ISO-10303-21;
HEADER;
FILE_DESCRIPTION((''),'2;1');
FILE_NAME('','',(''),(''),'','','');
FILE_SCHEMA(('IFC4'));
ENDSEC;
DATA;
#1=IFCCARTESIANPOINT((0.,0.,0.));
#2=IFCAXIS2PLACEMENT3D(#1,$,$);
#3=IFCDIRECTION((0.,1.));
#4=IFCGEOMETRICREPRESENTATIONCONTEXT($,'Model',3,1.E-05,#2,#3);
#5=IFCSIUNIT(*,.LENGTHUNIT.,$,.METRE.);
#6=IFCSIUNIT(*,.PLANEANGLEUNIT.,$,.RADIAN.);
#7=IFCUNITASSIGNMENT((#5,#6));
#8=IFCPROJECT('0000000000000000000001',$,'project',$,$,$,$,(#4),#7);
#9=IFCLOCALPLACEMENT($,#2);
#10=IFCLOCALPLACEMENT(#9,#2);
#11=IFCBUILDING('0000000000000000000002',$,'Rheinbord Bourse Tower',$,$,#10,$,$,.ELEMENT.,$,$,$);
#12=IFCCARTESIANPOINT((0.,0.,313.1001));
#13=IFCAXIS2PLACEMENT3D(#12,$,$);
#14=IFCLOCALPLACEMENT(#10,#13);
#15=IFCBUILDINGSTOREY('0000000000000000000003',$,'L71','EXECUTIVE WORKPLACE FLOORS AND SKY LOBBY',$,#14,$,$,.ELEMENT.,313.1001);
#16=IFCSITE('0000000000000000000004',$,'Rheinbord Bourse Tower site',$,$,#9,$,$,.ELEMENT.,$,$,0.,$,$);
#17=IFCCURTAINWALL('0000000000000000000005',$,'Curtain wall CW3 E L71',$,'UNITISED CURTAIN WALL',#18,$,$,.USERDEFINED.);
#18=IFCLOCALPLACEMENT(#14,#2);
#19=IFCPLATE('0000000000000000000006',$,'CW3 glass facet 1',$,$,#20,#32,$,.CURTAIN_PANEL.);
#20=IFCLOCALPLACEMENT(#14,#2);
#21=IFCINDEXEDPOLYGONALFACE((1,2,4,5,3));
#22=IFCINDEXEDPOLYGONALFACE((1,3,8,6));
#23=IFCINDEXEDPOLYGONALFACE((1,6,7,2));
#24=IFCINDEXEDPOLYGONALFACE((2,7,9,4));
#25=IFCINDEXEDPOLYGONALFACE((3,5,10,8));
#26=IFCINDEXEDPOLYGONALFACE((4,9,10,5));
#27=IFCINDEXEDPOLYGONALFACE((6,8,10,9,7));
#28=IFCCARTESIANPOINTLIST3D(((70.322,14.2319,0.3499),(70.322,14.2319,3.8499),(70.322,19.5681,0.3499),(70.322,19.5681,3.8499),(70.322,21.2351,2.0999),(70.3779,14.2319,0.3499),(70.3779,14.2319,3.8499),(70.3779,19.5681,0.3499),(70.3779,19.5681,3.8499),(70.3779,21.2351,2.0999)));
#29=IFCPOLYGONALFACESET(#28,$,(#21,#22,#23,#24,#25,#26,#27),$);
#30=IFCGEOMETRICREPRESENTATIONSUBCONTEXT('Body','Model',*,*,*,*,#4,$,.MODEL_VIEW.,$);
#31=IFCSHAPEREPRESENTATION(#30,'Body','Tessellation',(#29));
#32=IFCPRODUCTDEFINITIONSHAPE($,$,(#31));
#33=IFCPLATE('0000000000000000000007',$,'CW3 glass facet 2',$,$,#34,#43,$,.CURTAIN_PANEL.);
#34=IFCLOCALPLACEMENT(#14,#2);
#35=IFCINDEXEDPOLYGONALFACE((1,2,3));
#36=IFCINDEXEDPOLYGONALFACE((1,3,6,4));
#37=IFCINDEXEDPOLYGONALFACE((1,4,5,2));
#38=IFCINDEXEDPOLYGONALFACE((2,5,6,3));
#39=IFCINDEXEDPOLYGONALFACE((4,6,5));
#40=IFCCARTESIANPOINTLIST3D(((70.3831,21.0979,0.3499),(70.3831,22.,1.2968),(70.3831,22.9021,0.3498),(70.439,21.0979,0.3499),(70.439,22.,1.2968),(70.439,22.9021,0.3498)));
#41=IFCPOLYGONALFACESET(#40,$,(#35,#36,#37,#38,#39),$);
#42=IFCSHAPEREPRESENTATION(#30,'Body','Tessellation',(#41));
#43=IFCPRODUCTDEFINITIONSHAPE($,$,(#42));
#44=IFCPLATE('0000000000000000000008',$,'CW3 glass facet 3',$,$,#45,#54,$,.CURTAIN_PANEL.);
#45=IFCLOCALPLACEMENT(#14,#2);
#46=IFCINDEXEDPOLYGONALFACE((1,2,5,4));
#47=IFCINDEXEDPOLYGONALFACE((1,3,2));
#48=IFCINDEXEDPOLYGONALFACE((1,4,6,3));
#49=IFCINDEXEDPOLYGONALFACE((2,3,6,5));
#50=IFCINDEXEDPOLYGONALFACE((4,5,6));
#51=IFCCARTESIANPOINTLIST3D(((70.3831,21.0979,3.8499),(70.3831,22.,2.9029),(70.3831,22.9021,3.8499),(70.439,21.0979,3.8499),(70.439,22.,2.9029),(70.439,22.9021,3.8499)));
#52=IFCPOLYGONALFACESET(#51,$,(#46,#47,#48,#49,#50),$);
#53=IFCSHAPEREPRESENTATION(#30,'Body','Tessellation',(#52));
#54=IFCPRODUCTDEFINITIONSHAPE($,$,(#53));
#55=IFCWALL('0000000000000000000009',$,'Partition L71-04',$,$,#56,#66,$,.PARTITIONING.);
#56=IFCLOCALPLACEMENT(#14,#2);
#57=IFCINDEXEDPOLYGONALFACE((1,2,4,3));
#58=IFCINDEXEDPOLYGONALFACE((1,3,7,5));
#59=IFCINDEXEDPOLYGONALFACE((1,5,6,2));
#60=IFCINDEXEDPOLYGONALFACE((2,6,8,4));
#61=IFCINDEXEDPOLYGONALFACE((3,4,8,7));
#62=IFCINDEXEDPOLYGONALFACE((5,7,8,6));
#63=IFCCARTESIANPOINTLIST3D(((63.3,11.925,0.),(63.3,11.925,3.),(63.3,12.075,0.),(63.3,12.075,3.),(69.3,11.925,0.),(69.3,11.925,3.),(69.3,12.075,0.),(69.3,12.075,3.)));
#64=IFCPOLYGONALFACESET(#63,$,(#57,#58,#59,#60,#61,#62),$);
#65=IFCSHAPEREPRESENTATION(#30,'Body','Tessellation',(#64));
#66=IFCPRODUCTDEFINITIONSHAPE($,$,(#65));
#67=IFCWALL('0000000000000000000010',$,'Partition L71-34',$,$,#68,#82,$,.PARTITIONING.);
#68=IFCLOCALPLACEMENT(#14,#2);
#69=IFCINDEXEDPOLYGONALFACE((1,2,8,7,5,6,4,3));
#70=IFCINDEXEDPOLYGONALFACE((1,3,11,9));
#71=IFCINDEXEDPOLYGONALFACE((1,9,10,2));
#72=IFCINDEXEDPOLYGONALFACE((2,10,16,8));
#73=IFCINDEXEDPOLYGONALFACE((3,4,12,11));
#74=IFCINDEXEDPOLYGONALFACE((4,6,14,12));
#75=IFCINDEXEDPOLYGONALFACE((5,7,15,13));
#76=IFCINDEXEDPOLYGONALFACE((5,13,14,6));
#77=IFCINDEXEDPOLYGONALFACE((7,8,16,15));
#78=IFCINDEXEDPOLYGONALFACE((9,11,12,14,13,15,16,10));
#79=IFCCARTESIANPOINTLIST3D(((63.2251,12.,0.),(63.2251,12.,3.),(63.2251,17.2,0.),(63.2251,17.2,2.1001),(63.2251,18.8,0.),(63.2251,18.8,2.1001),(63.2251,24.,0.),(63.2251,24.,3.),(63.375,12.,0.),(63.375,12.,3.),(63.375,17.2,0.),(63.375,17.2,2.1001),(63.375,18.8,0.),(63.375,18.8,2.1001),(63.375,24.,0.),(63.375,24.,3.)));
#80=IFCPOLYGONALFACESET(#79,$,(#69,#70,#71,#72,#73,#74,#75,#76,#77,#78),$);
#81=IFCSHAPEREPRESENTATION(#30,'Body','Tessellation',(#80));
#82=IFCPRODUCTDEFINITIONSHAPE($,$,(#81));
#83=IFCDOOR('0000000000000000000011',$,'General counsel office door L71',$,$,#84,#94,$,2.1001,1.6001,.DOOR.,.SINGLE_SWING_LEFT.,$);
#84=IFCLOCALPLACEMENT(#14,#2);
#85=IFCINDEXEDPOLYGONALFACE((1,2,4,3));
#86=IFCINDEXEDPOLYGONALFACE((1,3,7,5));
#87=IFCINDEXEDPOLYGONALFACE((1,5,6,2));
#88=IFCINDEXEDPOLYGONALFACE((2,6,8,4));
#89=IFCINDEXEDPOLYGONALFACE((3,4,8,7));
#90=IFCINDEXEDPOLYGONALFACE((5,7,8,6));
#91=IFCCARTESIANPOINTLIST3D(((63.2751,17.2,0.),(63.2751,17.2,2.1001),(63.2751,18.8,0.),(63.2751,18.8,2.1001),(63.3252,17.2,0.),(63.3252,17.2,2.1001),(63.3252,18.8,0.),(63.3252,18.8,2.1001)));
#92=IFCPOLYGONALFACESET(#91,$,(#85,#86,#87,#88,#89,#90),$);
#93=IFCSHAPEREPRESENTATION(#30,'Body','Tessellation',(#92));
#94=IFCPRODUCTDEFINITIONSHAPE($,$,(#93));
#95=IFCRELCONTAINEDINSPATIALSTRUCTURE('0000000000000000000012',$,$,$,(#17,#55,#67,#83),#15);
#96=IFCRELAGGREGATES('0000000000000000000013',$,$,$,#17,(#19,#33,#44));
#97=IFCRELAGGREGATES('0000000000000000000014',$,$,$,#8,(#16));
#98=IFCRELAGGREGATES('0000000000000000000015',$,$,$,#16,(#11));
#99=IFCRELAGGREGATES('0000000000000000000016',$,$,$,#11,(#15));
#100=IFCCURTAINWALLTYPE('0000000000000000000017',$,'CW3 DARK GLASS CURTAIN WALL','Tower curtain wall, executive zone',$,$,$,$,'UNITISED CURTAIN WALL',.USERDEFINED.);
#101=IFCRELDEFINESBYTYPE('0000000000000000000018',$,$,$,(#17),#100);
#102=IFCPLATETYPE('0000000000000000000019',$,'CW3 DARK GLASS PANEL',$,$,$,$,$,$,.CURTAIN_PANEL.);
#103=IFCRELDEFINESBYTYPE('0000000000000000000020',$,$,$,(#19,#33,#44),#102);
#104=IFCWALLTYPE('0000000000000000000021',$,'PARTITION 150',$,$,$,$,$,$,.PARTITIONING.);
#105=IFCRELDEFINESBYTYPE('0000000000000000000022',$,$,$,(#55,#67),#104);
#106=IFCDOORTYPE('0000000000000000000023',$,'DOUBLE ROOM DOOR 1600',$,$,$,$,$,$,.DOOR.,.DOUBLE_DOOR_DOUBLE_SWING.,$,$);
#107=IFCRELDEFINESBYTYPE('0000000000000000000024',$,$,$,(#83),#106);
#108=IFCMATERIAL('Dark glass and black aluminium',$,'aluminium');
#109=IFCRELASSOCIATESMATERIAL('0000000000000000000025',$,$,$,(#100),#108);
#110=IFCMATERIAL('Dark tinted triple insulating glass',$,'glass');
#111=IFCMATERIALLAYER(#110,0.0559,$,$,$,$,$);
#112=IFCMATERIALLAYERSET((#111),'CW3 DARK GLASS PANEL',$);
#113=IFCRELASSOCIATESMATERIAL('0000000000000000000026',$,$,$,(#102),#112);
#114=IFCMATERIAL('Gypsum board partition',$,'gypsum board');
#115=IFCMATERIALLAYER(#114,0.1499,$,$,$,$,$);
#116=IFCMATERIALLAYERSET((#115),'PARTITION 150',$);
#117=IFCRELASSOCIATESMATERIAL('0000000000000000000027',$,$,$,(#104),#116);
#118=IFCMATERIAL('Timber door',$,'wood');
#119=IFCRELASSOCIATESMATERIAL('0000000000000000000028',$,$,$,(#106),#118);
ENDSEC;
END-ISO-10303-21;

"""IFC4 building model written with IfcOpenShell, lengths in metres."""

from ifc_helpers import new_model, si_unit, direction, frame, frame_2d, origin, place, context, subcontext, project, spatial, polyline, rectangle, outline, extrude, material, layer, layer_set, type_object, element, fill, aggregate, save


model = new_model("IFC4")

# Units and contexts
model_context = context("Model", 3, precision=1e-05, world=origin(), true_north=direction((0.0, 1.0)))
body_context = subcontext(model_context, "Body", "Model", "MODEL_VIEW")
ifc_project = project(units=[si_unit("LENGTHUNIT", "METRE"), si_unit("PLANEANGLEUNIT", "RADIAN")], contexts=[model_context])

# Site, building, storey
site_placement = place(None, origin())
site = spatial("IfcSite", under=ifc_project, at=site_placement, Name="Rheinbord Bourse Tower site", CompositionType="ELEMENT", RefElevation=0.0)
building_placement = place(site_placement, origin())
building = spatial("IfcBuilding", under=site, at=building_placement, Name="Rheinbord Bourse Tower", CompositionType="ELEMENT")
storey_placement = place(building_placement, frame((0.0, 0.0, 313.1001)))
storey = spatial("IfcBuildingStorey", under=building, at=storey_placement, Name="L71", Description="EXECUTIVE WORKPLACE FLOORS AND SKY LOBBY", CompositionType="ELEMENT", Elevation=313.1001)

# Curtain wall
ifc_material_1 = material(Name="Dark glass and black aluminium", Category="aluminium")
curtain_wall_type = type_object("IfcCurtainWallType", Name="CW3 DARK GLASS CURTAIN WALL", Description="Tower curtain wall, executive zone", ElementType="UNITISED CURTAIN WALL", PredefinedType="USERDEFINED", material=ifc_material_1)
curtain_wall_placement = place(storey_placement, origin())
curtain_wall = element("IfcCurtainWall", 1, at=curtain_wall_placement, inside=storey, type_object=curtain_wall_type, Name="Curtain wall CW3 E L71", ObjectType="UNITISED CURTAIN WALL", PredefinedType="USERDEFINED")

# Plates
ifc_material_2 = material(Name="Dark tinted triple insulating glass", Category="glass")
ifc_layer_1 = layer(ifc_material_2, 0.0559)
ifc_layer_set_1 = layer_set([ifc_layer_1], Name="CW3 DARK GLASS PANEL")
plate_type = type_object("IfcPlateType", Name="CW3 DARK GLASS PANEL", PredefinedType="CURTAIN_PANEL", material=ifc_layer_set_1)
plate_1_placement = place(storey_placement, frame((70.3779, 14.2319, 0.3499), z_axis=(-1.0, 0.0, 0.0), x_axis=(0.0, 0.0, 1.0)))
plate_1 = element("IfcPlate", 2, at=plate_1_placement, type_object=plate_type, Name="CW3 glass facet 1", PredefinedType="CURTAIN_PANEL", context=body_context, shape_type="SweptSolid", body=[
    extrude(outline(polyline([(0.0, 0.0), (3.5, 0.0), (3.5, 5.3362), (1.75, 7.0032), (0.0, 5.3362), (0.0, 0.0)])), origin(), (0.0, 0.0, 1.0), 0.0559),
])
plate_2_placement = place(storey_placement, frame((70.439, 21.0979, 0.3499), z_axis=(-1.0, 0.0, 0.0), x_axis=(0.0, 0.689725, 0.724071)))
plate_2 = element("IfcPlate", 3, at=plate_2_placement, type_object=plate_type, Name="CW3 glass facet 2", PredefinedType="CURTAIN_PANEL", context=body_context, shape_type="SweptSolid", body=[
    extrude(outline(polyline([(0.0, 0.0), (1.3079, 0.0), (1.2444, 1.3064), (0.0, 0.0)])), origin(), (0.0, 0.0, 1.0), 0.0559),
])
plate_3_placement = place(storey_placement, frame((70.439, 22.9021, 3.8499), z_axis=(-1.0, 0.0, 0.0), x_axis=(0.0, -0.689725, -0.724071)))
plate_3 = element("IfcPlate", 4, at=plate_3_placement, type_object=plate_type, Name="CW3 glass facet 3", PredefinedType="CURTAIN_PANEL", context=body_context, shape_type="SweptSolid", body=[
    extrude(outline(polyline([(0.0, 0.0), (1.3079, 0.0), (1.2444, 1.3064), (0.0, 0.0)])), origin(), (0.0, 0.0, 1.0), 0.0559),
])
aggregate(curtain_wall, [plate_1, plate_2, plate_3])

# Wall
ifc_material_3 = material(Name="Gypsum board partition", Category="gypsum board")
ifc_layer_2 = layer(ifc_material_3, 0.1499)
ifc_layer_set_2 = layer_set([ifc_layer_2], Name="PARTITION 150")
wall_type = type_object("IfcWallType", Name="PARTITION 150", PredefinedType="PARTITIONING", material=ifc_layer_set_2)
wall_1_placement = place(storey_placement, frame((63.3, 12.0, 0.0), z_axis=(0.0, 0.0, 1.0), x_axis=(1.0, 0.0, 0.0)))
element("IfcWall", 5, at=wall_1_placement, inside=storey, type_object=wall_type, Name="Partition L71-04", PredefinedType="PARTITIONING", context=body_context, shape_type="SweptSolid", body=[
    extrude(rectangle(XDim=6.0, YDim=0.1499, at=frame_2d((3.0, 0.0))), origin(), (0.0, 0.0, 1.0), 3.0),
])

# Wall, opening, door
wall_2_placement = place(storey_placement, frame((63.3, 12.0, 0.0), z_axis=(0.0, 0.0, 1.0), x_axis=(0.0, 1.0, 0.0)))
wall_2 = element("IfcWall", 6, at=wall_2_placement, inside=storey, type_object=wall_type, Name="Partition L71-34", PredefinedType="PARTITIONING", context=body_context, shape_type="SweptSolid", body=[
    extrude(rectangle(XDim=12.0, YDim=0.1499, at=frame_2d((6.0, 0.0))), origin(), (0.0, 0.0, 1.0), 3.0),
])
opening_placement = place(wall_2_placement, frame((5.2, 0.0, 0.0)))
opening = element("IfcOpeningElement", 7, at=opening_placement, cuts=wall_2, PredefinedType="OPENING", context=body_context, shape_type="SweptSolid", body=[
    extrude(rectangle(XDim=1.6001, YDim=2.1001, at=frame_2d((0.8, 1.05))), frame((0.0, 0.085, 0.0), z_axis=(0.0, -1.0, 0.0), x_axis=(1.0, 0.0, 0.0)), (0.0, 0.0, 1.0), 0.1699),
])
ifc_material_4 = material(Name="Timber door", Category="wood")
door_type = type_object("IfcDoorType", Name="DOUBLE ROOM DOOR 1600", OperationType="DOUBLE_DOOR_DOUBLE_SWING", PredefinedType="DOOR", material=ifc_material_4)
door_placement = place(opening_placement, origin())
door = element("IfcDoor", 8, at=door_placement, inside=storey, type_object=door_type, Name="General counsel office door L71", OperationType="SINGLE_SWING_LEFT", OverallHeight=2.1001, OverallWidth=1.6001, PredefinedType="DOOR", context=body_context, shape_type="SweptSolid", body=[
    extrude(rectangle(XDim=1.6001, YDim=2.1001, at=frame_2d((0.8, 1.05))), frame((0.0, 0.0249, 0.0), z_axis=(0.0, -1.0, 0.0), x_axis=(1.0, 0.0, 0.0)), (0.0, 0.0, 1.0), 0.05),
])
fill(opening, door)

save(model, "model.ifc")
